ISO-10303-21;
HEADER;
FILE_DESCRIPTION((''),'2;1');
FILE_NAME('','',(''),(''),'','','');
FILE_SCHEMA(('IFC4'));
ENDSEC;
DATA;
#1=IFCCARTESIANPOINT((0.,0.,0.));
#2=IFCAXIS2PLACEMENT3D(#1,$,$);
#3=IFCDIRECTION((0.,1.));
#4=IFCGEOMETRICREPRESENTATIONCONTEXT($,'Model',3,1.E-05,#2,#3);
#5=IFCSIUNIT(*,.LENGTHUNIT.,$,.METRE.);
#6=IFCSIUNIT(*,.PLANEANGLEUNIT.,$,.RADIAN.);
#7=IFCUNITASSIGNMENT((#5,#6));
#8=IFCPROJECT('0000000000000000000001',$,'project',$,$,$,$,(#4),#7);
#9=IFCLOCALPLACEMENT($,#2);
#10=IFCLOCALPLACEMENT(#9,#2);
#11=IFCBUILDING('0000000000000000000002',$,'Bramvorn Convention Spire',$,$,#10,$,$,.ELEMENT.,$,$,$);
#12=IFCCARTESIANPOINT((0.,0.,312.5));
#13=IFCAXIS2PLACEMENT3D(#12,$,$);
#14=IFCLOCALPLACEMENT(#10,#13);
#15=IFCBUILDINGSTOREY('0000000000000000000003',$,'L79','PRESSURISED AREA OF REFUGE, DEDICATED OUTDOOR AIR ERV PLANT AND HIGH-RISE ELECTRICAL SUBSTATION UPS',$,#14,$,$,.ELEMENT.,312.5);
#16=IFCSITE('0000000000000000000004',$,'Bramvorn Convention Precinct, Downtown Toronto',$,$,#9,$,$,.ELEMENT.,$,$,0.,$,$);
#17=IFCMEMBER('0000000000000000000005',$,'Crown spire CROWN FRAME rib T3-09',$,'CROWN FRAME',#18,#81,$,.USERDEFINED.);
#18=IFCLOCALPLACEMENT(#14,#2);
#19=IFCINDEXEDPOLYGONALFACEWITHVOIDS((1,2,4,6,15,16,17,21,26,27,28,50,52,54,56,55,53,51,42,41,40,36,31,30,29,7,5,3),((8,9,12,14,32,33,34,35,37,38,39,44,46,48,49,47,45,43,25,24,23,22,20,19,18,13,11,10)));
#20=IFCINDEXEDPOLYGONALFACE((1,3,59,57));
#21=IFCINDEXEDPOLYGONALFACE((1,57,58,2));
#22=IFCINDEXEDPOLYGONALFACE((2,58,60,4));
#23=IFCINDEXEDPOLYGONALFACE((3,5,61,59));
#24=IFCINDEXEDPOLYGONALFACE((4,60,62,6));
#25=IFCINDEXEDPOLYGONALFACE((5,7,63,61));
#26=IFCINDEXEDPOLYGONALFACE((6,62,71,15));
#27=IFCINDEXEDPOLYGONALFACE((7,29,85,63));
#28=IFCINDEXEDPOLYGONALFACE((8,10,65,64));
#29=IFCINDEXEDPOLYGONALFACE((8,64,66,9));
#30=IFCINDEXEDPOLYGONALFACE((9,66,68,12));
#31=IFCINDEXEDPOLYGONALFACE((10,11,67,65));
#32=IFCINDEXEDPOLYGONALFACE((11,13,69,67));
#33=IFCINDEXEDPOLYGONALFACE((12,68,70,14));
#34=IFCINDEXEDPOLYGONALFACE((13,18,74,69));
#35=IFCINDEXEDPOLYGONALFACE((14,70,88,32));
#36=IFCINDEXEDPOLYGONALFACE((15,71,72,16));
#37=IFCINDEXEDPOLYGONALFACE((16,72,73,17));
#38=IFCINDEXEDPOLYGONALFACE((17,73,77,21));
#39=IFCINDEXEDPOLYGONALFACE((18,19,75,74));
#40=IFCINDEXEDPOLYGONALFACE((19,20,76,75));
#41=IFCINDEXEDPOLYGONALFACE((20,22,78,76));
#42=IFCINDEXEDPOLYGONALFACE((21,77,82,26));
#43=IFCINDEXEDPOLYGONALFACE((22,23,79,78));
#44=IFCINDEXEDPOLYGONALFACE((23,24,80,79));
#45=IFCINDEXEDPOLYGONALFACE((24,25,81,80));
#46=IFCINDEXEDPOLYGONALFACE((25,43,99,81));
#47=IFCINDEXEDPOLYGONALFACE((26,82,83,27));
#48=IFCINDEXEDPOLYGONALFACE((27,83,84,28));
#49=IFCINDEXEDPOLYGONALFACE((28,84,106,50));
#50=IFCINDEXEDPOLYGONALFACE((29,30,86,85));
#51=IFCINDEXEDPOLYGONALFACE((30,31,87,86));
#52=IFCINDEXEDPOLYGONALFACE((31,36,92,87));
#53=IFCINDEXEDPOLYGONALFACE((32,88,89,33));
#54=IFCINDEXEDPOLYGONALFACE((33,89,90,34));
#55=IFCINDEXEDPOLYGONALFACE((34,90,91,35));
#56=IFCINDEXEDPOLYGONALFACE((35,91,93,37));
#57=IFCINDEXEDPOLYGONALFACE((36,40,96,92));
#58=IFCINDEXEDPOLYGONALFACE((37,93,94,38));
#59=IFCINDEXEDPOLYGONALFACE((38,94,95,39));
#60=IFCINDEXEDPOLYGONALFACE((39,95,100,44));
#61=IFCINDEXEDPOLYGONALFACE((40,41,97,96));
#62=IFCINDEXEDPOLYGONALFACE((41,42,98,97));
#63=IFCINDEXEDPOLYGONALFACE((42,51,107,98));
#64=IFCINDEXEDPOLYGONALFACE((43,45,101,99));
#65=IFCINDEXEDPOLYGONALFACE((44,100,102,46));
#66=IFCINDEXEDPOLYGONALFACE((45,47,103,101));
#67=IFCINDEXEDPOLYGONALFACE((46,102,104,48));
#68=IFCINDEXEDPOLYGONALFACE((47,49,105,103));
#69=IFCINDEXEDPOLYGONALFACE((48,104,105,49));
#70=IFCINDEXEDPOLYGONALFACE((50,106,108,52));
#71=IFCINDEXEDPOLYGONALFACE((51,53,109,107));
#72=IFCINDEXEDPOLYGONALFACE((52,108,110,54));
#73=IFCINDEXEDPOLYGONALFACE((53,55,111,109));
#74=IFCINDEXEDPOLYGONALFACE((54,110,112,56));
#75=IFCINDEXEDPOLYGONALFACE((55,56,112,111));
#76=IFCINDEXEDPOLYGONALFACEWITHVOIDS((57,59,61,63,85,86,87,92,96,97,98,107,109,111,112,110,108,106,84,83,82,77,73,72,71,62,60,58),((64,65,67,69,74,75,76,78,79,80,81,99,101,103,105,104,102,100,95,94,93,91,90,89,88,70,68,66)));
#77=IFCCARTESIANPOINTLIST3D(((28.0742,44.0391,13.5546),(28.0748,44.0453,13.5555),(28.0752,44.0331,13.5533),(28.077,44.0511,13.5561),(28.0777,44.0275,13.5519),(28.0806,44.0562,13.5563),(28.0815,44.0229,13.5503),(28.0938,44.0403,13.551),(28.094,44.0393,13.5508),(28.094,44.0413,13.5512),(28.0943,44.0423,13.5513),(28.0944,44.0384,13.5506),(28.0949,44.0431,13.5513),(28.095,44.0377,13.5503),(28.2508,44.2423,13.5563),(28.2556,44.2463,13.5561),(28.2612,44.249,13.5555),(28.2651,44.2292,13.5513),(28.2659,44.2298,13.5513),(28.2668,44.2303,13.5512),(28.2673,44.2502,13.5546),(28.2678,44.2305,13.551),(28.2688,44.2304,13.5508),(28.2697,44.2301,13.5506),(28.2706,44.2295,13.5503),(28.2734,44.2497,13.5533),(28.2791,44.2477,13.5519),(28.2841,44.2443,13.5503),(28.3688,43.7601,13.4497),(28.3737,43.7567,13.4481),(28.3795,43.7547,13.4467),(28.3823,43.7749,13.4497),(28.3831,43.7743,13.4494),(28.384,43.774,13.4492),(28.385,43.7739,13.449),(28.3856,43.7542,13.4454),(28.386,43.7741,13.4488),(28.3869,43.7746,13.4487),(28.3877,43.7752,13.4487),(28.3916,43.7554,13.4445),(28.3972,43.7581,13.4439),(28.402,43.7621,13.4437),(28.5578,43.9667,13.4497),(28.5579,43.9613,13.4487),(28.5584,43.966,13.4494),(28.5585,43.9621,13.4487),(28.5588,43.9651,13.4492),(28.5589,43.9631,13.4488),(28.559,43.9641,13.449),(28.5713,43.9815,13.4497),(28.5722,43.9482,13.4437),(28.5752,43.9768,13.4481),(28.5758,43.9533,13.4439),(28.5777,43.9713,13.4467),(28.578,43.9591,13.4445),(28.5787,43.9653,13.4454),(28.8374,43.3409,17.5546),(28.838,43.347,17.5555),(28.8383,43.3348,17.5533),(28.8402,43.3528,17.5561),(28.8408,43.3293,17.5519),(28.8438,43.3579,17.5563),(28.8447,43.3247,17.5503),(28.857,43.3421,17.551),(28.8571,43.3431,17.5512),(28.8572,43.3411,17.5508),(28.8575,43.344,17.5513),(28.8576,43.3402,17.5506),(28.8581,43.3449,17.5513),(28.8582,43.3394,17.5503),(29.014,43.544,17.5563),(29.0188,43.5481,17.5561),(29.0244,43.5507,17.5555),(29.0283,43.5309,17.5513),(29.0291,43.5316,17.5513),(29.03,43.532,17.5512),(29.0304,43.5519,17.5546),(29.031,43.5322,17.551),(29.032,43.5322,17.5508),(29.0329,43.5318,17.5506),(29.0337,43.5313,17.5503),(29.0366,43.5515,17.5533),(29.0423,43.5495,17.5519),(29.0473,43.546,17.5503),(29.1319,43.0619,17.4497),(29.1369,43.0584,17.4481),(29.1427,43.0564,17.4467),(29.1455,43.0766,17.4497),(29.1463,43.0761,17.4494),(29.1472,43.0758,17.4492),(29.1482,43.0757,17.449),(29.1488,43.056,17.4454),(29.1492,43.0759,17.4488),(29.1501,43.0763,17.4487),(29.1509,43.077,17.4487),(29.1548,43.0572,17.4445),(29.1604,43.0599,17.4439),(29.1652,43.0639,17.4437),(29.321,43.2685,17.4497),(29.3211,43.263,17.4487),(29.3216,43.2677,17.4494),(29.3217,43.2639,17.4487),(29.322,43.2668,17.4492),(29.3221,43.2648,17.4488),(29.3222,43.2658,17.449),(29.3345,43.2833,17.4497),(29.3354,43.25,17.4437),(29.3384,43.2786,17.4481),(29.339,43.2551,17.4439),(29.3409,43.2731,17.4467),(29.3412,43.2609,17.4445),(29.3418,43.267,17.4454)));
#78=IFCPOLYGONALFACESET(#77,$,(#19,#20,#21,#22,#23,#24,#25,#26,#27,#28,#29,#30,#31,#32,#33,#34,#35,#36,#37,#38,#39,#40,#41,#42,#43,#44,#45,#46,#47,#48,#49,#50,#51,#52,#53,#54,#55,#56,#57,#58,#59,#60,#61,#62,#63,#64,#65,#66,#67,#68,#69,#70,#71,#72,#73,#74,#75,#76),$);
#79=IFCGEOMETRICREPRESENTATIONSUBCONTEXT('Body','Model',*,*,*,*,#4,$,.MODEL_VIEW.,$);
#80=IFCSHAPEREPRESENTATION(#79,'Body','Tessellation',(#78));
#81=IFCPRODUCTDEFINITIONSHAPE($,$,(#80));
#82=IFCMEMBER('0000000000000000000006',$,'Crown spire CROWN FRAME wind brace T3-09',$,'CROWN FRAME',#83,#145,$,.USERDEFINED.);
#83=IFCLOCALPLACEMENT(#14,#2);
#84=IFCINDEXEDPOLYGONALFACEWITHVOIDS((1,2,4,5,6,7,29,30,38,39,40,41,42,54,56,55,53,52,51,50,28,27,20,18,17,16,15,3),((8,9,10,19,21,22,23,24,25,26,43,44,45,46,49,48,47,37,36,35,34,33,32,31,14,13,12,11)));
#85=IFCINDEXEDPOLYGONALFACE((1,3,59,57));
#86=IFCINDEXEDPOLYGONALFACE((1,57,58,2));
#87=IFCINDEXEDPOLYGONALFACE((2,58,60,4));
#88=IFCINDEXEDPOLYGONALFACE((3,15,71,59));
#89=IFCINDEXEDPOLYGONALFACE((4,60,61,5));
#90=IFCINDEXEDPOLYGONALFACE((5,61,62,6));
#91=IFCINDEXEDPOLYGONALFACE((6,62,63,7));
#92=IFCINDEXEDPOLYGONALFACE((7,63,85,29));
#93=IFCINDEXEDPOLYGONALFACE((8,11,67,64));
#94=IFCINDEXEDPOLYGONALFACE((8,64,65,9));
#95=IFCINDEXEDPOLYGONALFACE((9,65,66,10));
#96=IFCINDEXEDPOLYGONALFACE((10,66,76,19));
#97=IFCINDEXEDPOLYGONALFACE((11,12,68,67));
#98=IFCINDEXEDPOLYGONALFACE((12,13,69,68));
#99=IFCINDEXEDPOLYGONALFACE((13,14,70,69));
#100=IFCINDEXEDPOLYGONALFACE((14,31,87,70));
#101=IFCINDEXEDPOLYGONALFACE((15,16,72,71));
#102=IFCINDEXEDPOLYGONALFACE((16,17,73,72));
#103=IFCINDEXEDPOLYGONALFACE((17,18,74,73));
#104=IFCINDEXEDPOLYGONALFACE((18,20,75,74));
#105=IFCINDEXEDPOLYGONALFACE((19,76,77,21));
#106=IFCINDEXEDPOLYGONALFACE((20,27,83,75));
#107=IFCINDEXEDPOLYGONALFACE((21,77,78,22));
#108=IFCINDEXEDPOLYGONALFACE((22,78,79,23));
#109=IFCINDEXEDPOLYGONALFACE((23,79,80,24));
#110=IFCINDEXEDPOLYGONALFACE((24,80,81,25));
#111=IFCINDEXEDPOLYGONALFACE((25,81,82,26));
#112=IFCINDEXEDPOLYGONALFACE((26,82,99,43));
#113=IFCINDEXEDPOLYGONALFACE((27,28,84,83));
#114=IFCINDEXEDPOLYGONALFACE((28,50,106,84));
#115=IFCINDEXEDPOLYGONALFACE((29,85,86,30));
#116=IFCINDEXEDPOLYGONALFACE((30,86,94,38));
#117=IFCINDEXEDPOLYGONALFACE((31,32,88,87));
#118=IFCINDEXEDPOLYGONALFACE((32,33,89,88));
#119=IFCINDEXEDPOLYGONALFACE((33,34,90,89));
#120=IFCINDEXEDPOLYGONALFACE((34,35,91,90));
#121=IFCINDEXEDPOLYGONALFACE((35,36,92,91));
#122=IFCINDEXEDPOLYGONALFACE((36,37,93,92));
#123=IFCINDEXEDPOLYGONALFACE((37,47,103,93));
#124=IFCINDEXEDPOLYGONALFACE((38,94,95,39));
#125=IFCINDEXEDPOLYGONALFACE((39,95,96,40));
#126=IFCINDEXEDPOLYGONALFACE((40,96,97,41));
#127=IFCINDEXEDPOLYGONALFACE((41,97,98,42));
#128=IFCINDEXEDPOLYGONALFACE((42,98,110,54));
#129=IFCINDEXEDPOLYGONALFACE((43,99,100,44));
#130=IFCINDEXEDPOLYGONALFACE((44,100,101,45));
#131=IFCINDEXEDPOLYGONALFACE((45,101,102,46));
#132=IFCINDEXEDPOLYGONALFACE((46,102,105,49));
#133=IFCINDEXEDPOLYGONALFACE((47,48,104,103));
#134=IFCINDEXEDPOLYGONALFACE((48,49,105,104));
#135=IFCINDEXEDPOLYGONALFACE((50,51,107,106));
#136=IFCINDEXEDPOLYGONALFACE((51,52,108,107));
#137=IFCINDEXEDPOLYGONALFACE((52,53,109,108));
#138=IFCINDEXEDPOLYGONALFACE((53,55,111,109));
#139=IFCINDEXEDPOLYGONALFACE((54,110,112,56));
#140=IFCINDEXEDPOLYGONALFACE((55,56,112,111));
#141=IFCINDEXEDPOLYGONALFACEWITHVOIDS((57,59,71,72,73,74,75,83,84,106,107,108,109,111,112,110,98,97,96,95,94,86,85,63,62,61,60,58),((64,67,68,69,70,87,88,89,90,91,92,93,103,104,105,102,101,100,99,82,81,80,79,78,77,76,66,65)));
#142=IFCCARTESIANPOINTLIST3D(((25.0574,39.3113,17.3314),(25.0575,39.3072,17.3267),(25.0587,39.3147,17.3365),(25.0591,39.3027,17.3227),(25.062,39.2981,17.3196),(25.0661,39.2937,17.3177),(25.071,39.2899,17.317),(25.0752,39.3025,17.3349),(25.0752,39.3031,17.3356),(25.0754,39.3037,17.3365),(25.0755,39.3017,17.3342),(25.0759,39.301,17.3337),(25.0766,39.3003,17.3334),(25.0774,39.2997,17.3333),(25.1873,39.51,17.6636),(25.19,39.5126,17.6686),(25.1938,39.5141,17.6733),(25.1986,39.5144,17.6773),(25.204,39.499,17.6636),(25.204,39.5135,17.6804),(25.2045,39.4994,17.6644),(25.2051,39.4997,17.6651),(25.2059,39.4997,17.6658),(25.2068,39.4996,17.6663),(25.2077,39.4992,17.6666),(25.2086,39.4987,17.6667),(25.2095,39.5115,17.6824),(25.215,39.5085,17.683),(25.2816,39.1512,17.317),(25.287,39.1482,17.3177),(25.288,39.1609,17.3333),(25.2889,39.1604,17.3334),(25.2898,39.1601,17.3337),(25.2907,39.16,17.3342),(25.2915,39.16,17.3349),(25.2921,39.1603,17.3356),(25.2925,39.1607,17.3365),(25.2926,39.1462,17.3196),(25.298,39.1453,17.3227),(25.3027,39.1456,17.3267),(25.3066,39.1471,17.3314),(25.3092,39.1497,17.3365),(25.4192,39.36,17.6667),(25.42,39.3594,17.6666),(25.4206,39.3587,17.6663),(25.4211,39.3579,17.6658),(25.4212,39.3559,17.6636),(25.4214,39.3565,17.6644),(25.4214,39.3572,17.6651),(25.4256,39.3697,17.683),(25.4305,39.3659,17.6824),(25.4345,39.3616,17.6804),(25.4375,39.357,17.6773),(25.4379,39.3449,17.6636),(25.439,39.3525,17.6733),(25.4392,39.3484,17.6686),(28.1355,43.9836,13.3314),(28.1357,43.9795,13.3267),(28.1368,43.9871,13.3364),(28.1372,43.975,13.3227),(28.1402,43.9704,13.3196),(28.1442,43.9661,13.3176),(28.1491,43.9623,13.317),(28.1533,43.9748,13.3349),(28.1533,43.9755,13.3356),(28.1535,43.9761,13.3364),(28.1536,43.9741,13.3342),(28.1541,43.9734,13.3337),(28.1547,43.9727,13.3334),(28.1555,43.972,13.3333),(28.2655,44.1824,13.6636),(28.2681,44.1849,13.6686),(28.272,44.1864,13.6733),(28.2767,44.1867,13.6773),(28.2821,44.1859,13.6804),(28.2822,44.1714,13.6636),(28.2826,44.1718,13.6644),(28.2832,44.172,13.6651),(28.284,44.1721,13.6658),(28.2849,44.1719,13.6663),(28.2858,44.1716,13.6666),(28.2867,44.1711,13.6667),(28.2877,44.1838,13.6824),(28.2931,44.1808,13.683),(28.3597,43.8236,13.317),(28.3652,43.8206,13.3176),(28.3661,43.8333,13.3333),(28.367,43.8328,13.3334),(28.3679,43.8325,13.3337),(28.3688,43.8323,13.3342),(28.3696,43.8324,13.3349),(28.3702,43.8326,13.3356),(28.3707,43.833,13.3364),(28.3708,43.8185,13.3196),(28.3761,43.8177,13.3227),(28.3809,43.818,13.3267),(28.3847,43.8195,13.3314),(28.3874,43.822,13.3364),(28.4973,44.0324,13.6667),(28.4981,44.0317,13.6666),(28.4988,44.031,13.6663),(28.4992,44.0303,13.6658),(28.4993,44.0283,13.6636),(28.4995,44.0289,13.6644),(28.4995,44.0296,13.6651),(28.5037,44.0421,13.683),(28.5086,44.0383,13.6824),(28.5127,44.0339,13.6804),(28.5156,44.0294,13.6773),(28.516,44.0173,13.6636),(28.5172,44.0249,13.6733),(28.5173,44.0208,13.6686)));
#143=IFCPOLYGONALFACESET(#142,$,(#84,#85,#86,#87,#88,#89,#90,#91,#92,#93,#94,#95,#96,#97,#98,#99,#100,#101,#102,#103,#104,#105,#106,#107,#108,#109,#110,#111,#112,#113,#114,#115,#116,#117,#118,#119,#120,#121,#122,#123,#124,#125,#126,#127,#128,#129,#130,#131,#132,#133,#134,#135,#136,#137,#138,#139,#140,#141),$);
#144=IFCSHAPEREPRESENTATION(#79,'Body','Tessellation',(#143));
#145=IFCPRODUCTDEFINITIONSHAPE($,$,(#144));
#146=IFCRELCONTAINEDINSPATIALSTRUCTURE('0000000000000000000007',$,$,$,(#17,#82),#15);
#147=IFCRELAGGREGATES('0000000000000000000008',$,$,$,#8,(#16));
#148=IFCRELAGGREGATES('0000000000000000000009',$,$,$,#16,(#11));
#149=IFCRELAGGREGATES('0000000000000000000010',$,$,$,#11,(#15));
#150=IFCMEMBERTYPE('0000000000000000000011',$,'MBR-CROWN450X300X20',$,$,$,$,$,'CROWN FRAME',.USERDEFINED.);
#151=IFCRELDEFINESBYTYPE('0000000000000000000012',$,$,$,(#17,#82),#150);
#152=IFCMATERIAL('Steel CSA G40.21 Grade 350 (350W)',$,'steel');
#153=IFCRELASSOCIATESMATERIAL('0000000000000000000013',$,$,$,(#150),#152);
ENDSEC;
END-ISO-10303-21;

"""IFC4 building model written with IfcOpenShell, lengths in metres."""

from ifc_helpers import new_model, si_unit, direction, frame, origin, origin_2d, place, context, subcontext, project, spatial, hollow_rectangle, extrude, material, material_profile, profile_set, type_object, element, save


model = new_model("IFC4")

# Units and contexts
model_context = context("Model", 3, precision=1e-05, world=origin(), true_north=direction((0.0, 1.0)))
body_context = subcontext(model_context, "Body", "Model", "MODEL_VIEW")
ifc_project = project(units=[si_unit("LENGTHUNIT", "METRE"), si_unit("PLANEANGLEUNIT", "RADIAN")], contexts=[model_context])

# Site, building, storey
site_placement = place(None, origin())
site = spatial("IfcSite", under=ifc_project, at=site_placement, Name="Bramvorn Convention Precinct, Downtown Toronto", CompositionType="ELEMENT", RefElevation=0.0)
building_placement = place(site_placement, origin())
building = spatial("IfcBuilding", under=site, at=building_placement, Name="Bramvorn Convention Spire", CompositionType="ELEMENT")
storey_placement = place(building_placement, frame((0.0, 0.0, 312.5)))
storey = spatial("IfcBuildingStorey", under=building, at=storey_placement, Name="L79", Description="PRESSURISED AREA OF REFUGE, DEDICATED OUTDOOR AIR ERV PLANT AND HIGH-RISE ELECTRICAL SUBSTATION UPS", CompositionType="ELEMENT", Elevation=312.5)

# Shared definitions
ifc_material_1 = material(Name="Steel CSA G40.21 Grade 350 (350W)", Category="steel")

# Members
ifc_material_profile_1 = material_profile(ifc_material_1, hollow_rectangle(XDim=0.3, YDim=0.45, WallThickness=0.02, InnerFilletRadius=0.0039, OuterFilletRadius=0.0239, at=origin_2d()))
ifc_profile_set_1 = profile_set([ifc_material_profile_1], Name="Steel CSA G40.21 Grade 350 (350W) - CROWN450X300X20")
member_type = type_object("IfcMemberType", Name="MBR-CROWN450X300X20", ElementType="CROWN FRAME", PredefinedType="USERDEFINED", material=ifc_profile_set_1)
member_1_placement = place(storey_placement, frame((28.3264, 44.0022, 13.5), z_axis=(0.184719, -0.169001, 0.968152), x_axis=(0.675019, 0.7378, 0.0)))
element("IfcMember", 1, at=member_1_placement, inside=storey, type_object=member_type, Name="Crown spire CROWN FRAME rib T3-09", ObjectType="CROWN FRAME", PredefinedType="USERDEFINED", context=body_context, shape_type="SweptSolid", body=[
    extrude(hollow_rectangle(XDim=0.3, YDim=0.45, WallThickness=0.02, InnerFilletRadius=0.0039, OuterFilletRadius=0.0239, at=origin_2d()), origin(), (0.0, 0.0, 1.0), 4.1316),
])
member_2_placement = place(storey_placement, frame((28.3264, 44.0022, 13.5), z_axis=(-0.447537, -0.679328, 0.581571), x_axis=(0.835072, -0.550141, 0.0)))
element("IfcMember", 2, at=member_2_placement, inside=storey, type_object=member_type, Name="Crown spire CROWN FRAME wind brace T3-09", ObjectType="CROWN FRAME", PredefinedType="USERDEFINED", context=body_context, shape_type="SweptSolid", body=[
    extrude(hollow_rectangle(XDim=0.3, YDim=0.45, WallThickness=0.02, InnerFilletRadius=0.0039, OuterFilletRadius=0.0239, at=origin_2d()), origin(), (0.0, 0.0, 1.0), 6.8779),
])

save(model, "model.ifc")
